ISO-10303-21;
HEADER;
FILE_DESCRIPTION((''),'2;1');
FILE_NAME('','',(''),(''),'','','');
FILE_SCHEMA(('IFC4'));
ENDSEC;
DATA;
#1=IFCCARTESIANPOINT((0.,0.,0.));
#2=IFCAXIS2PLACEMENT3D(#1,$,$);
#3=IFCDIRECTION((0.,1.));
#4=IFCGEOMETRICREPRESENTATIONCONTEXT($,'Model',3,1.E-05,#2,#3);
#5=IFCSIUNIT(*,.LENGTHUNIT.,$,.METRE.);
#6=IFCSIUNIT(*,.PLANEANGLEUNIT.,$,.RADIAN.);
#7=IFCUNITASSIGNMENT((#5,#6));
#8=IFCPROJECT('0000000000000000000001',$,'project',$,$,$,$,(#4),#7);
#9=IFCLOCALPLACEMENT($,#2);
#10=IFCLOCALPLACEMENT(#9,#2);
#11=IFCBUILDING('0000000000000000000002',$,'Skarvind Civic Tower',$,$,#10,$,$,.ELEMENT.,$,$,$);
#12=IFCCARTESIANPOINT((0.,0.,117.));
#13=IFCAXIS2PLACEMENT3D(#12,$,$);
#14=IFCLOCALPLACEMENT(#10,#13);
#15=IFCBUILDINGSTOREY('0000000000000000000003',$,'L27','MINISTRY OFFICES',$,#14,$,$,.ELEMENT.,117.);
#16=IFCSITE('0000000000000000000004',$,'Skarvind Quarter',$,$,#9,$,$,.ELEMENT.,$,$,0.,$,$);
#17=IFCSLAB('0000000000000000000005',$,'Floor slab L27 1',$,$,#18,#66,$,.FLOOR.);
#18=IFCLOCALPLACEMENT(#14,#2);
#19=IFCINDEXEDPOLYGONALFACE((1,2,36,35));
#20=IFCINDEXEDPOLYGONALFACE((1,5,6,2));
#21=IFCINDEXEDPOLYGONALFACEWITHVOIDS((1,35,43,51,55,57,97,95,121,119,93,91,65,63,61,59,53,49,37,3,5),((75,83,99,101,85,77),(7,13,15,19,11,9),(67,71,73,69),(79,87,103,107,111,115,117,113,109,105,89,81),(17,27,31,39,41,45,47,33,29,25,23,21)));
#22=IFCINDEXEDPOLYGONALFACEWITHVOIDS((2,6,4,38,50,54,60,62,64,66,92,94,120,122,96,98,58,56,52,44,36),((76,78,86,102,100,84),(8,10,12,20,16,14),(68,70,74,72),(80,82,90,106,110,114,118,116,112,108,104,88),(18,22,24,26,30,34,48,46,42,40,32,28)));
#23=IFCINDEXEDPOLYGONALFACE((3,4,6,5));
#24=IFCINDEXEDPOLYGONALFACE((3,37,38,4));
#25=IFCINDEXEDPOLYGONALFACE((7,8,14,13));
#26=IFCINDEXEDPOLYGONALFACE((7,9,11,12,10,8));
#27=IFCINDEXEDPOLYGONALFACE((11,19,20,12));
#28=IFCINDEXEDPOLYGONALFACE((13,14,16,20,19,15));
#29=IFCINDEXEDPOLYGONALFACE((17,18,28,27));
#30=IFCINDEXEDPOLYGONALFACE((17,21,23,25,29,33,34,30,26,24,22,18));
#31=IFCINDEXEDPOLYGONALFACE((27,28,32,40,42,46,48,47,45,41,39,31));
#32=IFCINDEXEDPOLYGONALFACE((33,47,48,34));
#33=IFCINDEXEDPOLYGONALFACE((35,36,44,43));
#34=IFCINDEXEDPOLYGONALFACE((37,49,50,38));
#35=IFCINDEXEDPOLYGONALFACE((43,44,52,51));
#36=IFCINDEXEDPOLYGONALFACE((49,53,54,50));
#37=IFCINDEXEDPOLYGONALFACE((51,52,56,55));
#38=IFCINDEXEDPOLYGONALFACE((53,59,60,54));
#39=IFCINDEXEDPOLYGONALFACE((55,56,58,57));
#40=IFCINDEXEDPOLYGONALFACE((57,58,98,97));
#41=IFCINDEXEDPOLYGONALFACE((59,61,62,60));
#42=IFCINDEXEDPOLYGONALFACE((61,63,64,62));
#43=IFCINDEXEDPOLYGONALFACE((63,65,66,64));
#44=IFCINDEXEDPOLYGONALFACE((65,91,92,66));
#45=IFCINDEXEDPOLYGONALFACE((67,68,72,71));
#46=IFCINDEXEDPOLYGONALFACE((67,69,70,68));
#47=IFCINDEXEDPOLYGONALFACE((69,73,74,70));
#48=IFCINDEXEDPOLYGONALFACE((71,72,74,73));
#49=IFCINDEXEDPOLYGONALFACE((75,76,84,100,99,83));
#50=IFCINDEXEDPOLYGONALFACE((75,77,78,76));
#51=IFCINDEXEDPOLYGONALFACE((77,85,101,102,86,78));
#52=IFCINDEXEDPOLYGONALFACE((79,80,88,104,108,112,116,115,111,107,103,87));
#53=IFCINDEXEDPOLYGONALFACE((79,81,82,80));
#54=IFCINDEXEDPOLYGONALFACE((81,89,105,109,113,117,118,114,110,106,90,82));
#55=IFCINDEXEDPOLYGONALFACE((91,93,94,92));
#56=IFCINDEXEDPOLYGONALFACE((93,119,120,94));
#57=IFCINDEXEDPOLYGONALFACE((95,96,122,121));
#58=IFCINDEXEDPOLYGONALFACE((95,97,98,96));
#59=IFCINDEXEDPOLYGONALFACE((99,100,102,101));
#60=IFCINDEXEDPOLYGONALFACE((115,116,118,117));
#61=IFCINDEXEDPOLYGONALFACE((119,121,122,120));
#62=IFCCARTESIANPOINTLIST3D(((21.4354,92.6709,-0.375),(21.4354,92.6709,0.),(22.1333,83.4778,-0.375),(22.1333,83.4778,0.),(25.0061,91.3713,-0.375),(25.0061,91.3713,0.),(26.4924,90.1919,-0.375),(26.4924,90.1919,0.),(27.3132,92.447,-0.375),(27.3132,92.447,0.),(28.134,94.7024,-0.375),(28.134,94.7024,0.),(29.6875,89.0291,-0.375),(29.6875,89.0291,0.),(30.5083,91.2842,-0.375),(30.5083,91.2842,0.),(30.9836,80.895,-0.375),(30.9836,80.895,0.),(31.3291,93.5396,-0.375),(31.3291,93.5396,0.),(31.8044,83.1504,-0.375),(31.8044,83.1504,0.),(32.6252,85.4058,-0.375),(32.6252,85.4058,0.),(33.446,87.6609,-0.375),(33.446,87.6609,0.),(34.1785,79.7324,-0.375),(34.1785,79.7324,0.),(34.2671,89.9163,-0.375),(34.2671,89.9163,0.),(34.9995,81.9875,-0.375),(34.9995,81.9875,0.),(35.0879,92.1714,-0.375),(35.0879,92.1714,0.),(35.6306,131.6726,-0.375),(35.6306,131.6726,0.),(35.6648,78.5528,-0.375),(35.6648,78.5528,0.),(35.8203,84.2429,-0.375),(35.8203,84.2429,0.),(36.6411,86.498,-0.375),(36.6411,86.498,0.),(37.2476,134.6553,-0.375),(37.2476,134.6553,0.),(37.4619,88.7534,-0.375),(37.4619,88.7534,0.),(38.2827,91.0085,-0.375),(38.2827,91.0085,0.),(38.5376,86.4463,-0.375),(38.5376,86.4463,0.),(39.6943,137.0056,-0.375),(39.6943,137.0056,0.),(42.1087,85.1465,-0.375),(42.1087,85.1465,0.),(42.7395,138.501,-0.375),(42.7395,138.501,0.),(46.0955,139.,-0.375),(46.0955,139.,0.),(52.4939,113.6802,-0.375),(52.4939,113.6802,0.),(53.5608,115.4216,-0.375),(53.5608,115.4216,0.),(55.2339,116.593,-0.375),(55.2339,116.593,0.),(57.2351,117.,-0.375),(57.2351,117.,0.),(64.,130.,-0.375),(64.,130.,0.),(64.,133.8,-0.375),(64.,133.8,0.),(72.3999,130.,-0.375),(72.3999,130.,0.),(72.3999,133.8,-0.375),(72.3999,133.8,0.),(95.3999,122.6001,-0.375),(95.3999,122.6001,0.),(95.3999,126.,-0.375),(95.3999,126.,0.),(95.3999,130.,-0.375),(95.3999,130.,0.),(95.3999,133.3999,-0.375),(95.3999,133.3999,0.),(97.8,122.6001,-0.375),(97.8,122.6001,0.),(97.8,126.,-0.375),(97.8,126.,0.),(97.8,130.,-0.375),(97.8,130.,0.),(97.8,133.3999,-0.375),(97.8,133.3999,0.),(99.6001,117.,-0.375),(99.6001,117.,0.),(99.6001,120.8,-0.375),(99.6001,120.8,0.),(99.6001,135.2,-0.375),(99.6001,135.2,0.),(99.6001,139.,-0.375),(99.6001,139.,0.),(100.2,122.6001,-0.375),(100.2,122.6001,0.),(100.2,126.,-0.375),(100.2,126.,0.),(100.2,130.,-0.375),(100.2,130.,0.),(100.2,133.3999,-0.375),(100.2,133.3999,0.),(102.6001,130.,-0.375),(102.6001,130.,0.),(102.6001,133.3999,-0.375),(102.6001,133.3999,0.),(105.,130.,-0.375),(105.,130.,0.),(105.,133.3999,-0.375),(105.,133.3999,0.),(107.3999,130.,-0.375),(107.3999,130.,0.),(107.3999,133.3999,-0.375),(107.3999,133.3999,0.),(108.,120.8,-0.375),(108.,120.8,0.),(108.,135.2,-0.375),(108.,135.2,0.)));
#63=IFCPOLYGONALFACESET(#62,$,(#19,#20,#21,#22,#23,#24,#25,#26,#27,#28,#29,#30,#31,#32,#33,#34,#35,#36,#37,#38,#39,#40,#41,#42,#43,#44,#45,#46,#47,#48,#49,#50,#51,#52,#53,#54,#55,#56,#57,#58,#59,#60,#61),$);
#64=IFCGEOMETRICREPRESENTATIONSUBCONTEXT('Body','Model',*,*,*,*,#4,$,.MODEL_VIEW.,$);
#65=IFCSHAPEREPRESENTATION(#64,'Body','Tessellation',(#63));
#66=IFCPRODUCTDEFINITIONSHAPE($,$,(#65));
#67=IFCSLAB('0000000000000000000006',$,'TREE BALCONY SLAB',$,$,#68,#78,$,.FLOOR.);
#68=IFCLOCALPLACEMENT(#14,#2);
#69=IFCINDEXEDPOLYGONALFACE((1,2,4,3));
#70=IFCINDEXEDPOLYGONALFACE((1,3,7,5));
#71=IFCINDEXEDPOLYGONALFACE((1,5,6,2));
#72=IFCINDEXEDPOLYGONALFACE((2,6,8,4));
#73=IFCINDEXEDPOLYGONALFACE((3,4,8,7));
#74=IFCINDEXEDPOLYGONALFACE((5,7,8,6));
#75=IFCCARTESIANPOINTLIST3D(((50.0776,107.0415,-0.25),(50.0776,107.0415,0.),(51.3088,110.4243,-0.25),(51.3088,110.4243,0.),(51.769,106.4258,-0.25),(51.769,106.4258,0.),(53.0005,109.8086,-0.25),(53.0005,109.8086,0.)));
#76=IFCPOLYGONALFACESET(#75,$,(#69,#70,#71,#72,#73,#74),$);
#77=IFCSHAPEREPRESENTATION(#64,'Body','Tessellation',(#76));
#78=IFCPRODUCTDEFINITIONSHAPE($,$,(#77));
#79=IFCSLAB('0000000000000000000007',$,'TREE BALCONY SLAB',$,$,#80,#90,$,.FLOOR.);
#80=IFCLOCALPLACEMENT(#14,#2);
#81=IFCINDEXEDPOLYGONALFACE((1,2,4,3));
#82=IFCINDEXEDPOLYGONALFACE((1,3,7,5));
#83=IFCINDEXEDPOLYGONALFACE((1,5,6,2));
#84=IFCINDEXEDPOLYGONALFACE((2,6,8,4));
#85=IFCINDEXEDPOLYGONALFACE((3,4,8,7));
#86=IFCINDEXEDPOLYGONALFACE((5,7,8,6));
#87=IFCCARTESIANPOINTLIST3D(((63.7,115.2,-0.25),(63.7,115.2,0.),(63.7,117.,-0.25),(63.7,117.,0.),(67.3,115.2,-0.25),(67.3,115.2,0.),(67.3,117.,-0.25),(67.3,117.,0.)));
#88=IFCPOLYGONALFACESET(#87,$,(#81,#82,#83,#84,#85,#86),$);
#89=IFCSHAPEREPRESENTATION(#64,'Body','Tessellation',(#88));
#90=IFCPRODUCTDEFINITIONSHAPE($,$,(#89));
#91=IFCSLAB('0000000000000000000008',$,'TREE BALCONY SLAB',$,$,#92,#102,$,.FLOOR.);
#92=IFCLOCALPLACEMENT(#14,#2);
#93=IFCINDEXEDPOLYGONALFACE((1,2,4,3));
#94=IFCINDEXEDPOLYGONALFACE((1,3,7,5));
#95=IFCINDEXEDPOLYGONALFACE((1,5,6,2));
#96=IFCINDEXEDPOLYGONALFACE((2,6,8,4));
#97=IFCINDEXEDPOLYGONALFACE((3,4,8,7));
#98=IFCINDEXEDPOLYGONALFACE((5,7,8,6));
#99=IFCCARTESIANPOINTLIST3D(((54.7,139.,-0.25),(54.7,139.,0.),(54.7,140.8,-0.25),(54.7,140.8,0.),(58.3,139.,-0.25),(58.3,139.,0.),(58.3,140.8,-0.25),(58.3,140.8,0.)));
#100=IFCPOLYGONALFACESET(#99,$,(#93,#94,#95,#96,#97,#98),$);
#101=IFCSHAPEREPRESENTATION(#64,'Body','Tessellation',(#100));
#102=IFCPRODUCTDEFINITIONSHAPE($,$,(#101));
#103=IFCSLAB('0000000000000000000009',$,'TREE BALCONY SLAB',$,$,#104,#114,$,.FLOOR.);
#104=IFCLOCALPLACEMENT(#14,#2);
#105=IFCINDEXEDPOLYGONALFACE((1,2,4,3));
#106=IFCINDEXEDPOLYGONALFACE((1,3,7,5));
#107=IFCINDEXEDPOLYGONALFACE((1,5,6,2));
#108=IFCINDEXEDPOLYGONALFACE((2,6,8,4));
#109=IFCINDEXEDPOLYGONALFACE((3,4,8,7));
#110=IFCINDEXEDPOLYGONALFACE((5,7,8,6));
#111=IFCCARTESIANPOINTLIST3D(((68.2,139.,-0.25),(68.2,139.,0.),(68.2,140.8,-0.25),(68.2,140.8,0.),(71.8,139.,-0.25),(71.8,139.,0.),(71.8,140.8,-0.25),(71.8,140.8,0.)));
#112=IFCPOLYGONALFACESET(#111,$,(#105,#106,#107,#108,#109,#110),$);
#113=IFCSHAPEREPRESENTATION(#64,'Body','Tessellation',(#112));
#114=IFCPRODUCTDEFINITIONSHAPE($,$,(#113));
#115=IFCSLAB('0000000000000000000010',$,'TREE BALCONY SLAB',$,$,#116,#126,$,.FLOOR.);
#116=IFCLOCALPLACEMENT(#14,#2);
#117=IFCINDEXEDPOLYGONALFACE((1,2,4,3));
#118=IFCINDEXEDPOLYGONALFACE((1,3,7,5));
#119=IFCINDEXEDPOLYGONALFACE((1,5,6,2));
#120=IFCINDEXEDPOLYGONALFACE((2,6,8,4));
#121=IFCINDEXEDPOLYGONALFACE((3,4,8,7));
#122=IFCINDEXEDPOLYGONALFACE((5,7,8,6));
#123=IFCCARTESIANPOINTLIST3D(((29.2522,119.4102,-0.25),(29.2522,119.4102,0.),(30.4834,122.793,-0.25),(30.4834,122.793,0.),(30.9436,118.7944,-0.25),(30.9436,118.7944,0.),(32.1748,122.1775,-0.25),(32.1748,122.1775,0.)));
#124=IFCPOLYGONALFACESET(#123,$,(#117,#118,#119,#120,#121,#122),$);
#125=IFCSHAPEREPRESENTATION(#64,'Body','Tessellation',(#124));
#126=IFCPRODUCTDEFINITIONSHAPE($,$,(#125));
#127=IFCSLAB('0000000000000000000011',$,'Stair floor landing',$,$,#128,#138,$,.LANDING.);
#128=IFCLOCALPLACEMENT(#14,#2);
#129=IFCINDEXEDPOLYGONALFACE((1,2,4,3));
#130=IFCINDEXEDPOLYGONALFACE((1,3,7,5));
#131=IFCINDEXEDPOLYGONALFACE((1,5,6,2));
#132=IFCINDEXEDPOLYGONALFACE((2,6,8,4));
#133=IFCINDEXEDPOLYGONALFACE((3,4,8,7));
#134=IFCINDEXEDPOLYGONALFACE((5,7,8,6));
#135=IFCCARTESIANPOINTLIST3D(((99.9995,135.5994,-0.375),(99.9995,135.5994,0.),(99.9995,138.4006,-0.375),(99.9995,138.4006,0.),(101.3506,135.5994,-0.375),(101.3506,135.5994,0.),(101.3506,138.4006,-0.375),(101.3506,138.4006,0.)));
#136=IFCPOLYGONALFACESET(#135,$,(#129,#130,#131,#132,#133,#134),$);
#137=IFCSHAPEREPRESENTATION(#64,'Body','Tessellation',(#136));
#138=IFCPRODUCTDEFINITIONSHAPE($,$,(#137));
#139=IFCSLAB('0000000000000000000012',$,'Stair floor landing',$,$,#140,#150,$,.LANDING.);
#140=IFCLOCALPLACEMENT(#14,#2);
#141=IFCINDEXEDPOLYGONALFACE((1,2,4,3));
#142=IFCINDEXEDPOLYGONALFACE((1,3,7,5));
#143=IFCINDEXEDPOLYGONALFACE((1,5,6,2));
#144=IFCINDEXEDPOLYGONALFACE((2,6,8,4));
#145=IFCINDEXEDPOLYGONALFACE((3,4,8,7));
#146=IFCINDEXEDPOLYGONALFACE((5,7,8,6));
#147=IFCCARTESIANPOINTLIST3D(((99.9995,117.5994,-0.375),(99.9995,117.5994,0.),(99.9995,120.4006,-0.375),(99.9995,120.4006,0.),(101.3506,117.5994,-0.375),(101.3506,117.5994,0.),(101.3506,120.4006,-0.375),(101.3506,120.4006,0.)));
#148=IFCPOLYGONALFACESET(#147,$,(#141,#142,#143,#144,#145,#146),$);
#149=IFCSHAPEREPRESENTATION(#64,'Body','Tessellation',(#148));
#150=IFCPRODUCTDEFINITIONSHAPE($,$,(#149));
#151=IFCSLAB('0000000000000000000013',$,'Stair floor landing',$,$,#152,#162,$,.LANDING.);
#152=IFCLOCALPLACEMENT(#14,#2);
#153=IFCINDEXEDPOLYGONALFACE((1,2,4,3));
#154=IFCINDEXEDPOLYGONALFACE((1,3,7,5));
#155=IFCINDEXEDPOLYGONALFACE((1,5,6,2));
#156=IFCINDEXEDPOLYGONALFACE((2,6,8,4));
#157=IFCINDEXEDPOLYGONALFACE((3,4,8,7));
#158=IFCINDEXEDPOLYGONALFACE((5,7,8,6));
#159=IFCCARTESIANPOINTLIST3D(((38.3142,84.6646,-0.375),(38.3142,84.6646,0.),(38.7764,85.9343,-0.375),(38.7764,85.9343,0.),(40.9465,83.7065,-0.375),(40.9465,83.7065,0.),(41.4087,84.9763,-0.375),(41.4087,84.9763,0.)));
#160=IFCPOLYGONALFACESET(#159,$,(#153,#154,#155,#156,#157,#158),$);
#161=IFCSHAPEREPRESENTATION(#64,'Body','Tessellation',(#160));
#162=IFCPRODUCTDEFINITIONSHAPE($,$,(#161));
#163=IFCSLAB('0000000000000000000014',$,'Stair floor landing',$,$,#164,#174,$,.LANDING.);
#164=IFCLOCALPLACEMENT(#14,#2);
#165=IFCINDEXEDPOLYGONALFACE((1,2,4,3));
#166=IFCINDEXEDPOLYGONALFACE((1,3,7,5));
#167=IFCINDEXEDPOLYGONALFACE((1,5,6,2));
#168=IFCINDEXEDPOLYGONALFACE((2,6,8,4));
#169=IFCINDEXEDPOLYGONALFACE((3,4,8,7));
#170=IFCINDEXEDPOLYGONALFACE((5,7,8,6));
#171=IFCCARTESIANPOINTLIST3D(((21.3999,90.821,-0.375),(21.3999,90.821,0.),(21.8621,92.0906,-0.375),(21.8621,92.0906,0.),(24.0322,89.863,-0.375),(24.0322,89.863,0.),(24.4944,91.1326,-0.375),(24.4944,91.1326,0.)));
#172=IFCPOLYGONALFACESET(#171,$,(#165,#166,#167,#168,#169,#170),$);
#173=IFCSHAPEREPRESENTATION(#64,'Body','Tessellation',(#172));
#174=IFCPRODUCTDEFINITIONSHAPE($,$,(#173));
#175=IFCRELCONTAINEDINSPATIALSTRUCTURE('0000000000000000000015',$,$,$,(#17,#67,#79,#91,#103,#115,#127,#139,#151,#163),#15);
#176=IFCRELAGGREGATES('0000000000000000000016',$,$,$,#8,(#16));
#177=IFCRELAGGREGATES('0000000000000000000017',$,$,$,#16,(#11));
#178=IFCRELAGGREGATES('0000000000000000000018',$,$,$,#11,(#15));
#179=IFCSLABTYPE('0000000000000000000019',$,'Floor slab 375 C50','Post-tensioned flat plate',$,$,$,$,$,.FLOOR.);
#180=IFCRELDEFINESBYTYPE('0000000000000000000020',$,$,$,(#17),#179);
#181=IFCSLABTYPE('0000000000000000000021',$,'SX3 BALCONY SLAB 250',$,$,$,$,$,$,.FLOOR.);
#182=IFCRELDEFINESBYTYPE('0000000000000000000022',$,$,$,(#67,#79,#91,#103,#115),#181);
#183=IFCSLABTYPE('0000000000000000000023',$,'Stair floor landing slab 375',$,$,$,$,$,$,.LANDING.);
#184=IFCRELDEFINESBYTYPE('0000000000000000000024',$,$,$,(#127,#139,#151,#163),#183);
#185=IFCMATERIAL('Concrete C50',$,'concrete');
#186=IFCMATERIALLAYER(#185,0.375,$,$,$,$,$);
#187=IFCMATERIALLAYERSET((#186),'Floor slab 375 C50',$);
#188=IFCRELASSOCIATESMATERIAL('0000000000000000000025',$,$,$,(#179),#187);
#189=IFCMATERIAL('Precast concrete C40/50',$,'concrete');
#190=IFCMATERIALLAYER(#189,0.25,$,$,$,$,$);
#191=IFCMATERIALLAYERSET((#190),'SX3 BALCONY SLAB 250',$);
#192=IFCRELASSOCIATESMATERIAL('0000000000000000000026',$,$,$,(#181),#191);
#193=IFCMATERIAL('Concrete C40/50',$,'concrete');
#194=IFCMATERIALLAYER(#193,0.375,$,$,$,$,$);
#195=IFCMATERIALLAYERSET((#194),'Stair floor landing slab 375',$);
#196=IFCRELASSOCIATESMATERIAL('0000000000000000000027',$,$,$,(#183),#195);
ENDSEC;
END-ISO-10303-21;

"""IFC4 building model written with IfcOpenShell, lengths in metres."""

from ifc_helpers import new_model, si_unit, direction, frame, origin, place, context, subcontext, project, spatial, polyline, outline, extrude, material, layer, layer_set, type_object, element, save


model = new_model("IFC4")

# Units and contexts
model_context = context("Model", 3, precision=1e-05, world=origin(), true_north=direction((0.0, 1.0)))
body_context = subcontext(model_context, "Body", "Model", "MODEL_VIEW")
ifc_project = project(units=[si_unit("LENGTHUNIT", "METRE"), si_unit("PLANEANGLEUNIT", "RADIAN")], contexts=[model_context])

# Site, building, storey
site_placement = place(None, origin())
site = spatial("IfcSite", under=ifc_project, at=site_placement, Name="Skarvind Quarter", CompositionType="ELEMENT", RefElevation=0.0)
building_placement = place(site_placement, origin())
building = spatial("IfcBuilding", under=site, at=building_placement, Name="Skarvind Civic Tower", CompositionType="ELEMENT")
storey_placement = place(building_placement, frame((0.0, 0.0, 117.0)))
storey = spatial("IfcBuildingStorey", under=building, at=storey_placement, Name="L27", Description="MINISTRY OFFICES", CompositionType="ELEMENT", Elevation=117.0)

# Slabs
ifc_material_1 = material(Name="Concrete C50", Category="concrete")
ifc_layer_1 = layer(ifc_material_1, 0.375)
ifc_layer_set_1 = layer_set([ifc_layer_1], Name="Floor slab 375 C50")
slab_type_1 = type_object("IfcSlabType", Name="Floor slab 375 C50", Description="Post-tensioned flat plate", PredefinedType="FLOOR", material=ifc_layer_set_1)
slab_1_placement = place(storey_placement, frame((0.0, 0.0, -0.375)))
element("IfcSlab", 1, at=slab_1_placement, inside=storey, type_object=slab_type_1, Name="Floor slab L27 1", PredefinedType="FLOOR", context=body_context, shape_type="SweptSolid", body=[
    extrude(outline(polyline([(99.6001, 117.0), (99.6001, 120.8), (108.0, 120.8), (108.0, 135.2), (99.6001, 135.2), (99.6001, 139.0), (46.0955, 139.0), (42.7395, 138.501), (39.6943, 137.0056), (37.2476, 134.6553), (35.6306, 131.6726), (19.4175, 87.1267), (21.4353, 92.6709), (25.0061, 91.3713), (22.1333, 83.4778), (36.8865, 78.1082), (35.6648, 78.5527), (38.5376, 86.4463), (42.1086, 85.1465), (40.0908, 79.6023), (40.0908, 79.6023), (52.4939, 113.6802), (53.5608, 115.4216), (55.2339, 116.593), (57.2351, 117.0), (99.6001, 117.0)]), holes=[polyline([(32.6252, 85.4058), (33.446, 87.6609), (34.2671, 89.9163), (35.0879, 92.1714), (38.2827, 91.0085), (37.4619, 88.7534), (36.6411, 86.498), (35.8203, 84.2429), (35.8203, 84.2429), (34.9995, 81.9875), (34.1785, 79.7324), (30.9836, 80.895), (31.8044, 83.1504), (32.6252, 85.4058), (32.6252, 85.4058)]), polyline([(31.3291, 93.5396), (30.5083, 91.2842), (29.6875, 89.0291), (26.4924, 90.1919), (27.3132, 92.447), (28.134, 94.7024), (31.3291, 93.5396)]), polyline([(64.0, 130.0), (64.0, 133.8), (72.3999, 133.8), (72.3999, 130.0), (64.0, 130.0)]), polyline([(100.2, 126.0), (100.2, 122.6001), (97.8, 122.6001), (95.3999, 122.6001), (95.3999, 126.0), (97.8, 126.0), (100.2, 126.0)]), polyline([(100.2, 133.3999), (102.6001, 133.3999), (105.0, 133.3999), (107.3999, 133.3999), (107.3999, 130.0), (105.0, 130.0), (102.6001, 130.0), (100.2, 130.0), (97.8, 130.0), (95.3999, 130.0), (95.3999, 133.3999), (97.8, 133.3999), (100.2, 133.3999)])]), origin(), (0.0, 0.0, 1.0), 0.375),
])
ifc_material_2 = material(Name="Precast concrete C40/50", Category="concrete")
ifc_layer_2 = layer(ifc_material_2, 0.25)
ifc_layer_set_2 = layer_set([ifc_layer_2], Name="SX3 BALCONY SLAB 250")
slab_type_2 = type_object("IfcSlabType", Name="SX3 BALCONY SLAB 250", PredefinedType="FLOOR", material=ifc_layer_set_2)
slab_2_placement = place(storey_placement, frame((0.0, 0.0, -0.25)))
element("IfcSlab", 2, at=slab_2_placement, inside=storey, type_object=slab_type_2, Name="TREE BALCONY SLAB", PredefinedType="FLOOR", context=body_context, shape_type="SweptSolid", body=[
    extrude(outline(polyline([(51.3088, 110.4243), (50.0776, 107.0415), (51.769, 106.4258), (53.0005, 109.8086), (51.3088, 110.4243)])), origin(), (0.0, 0.0, 1.0), 0.25),
])
slab_3_placement = place(storey_placement, frame((0.0, 0.0, -0.25)))
element("IfcSlab", 3, at=slab_3_placement, inside=storey, type_object=slab_type_2, Name="TREE BALCONY SLAB", PredefinedType="FLOOR", context=body_context, shape_type="SweptSolid", body=[
    extrude(outline(polyline([(67.3, 117.0), (63.7, 117.0), (63.7, 115.2), (67.3, 115.2), (67.3, 117.0)])), origin(), (0.0, 0.0, 1.0), 0.25),
])
slab_4_placement = place(storey_placement, frame((0.0, 0.0, -0.25)))
element("IfcSlab", 4, at=slab_4_placement, inside=storey, type_object=slab_type_2, Name="TREE BALCONY SLAB", PredefinedType="FLOOR", context=body_context, shape_type="SweptSolid", body=[
    extrude(outline(polyline([(54.7, 139.0), (58.3, 139.0), (58.3, 140.8), (54.7, 140.8), (54.7, 139.0)])), origin(), (0.0, 0.0, 1.0), 0.25),
])
slab_5_placement = place(storey_placement, frame((0.0, 0.0, -0.25)))
element("IfcSlab", 5, at=slab_5_placement, inside=storey, type_object=slab_type_2, Name="TREE BALCONY SLAB", PredefinedType="FLOOR", context=body_context, shape_type="SweptSolid", body=[
    extrude(outline(polyline([(68.2, 139.0), (71.8, 139.0), (71.8, 140.8), (68.2, 140.8), (68.2, 139.0)])), origin(), (0.0, 0.0, 1.0), 0.25),
])
slab_6_placement = place(storey_placement, frame((0.0, 0.0, -0.25)))
element("IfcSlab", 6, at=slab_6_placement, inside=storey, type_object=slab_type_2, Name="TREE BALCONY SLAB", PredefinedType="FLOOR", context=body_context, shape_type="SweptSolid", body=[
    extrude(outline(polyline([(30.9436, 118.7944), (32.1748, 122.1775), (30.4834, 122.793), (29.2522, 119.4102), (30.9436, 118.7944)])), origin(), (0.0, 0.0, 1.0), 0.25),
])
ifc_material_3 = material(Name="Concrete C40/50", Category="concrete")
ifc_layer_3 = layer(ifc_material_3, 0.375)
ifc_layer_set_3 = layer_set([ifc_layer_3], Name="Stair floor landing slab 375")
slab_type_3 = type_object("IfcSlabType", Name="Stair floor landing slab 375", PredefinedType="LANDING", material=ifc_layer_set_3)
slab_7_placement = place(storey_placement, frame((0.0, 0.0, -0.375)))
element("IfcSlab", 7, at=slab_7_placement, inside=storey, type_object=slab_type_3, Name="Stair floor landing", PredefinedType="LANDING", context=body_context, shape_type="SweptSolid", body=[
    extrude(outline(polyline([(101.3506, 138.4006), (101.3506, 135.5994), (99.9995, 135.5994), (99.9995, 138.4006), (101.3506, 138.4006)])), origin(), (0.0, 0.0, 1.0), 0.375),
])
slab_8_placement = place(storey_placement, frame((0.0, 0.0, -0.375)))
element("IfcSlab", 8, at=slab_8_placement, inside=storey, type_object=slab_type_3, Name="Stair floor landing", PredefinedType="LANDING", context=body_context, shape_type="SweptSolid", body=[
    extrude(outline(polyline([(101.3506, 120.4006), (101.3506, 117.5994), (99.9995, 117.5994), (99.9995, 120.4006), (101.3506, 120.4006)])), origin(), (0.0, 0.0, 1.0), 0.375),
])
slab_9_placement = place(storey_placement, frame((0.0, 0.0, -0.375)))
element("IfcSlab", 9, at=slab_9_placement, inside=storey, type_object=slab_type_3, Name="Stair floor landing", PredefinedType="LANDING", context=body_context, shape_type="SweptSolid", body=[
    extrude(outline(polyline([(40.9465, 83.7065), (38.3142, 84.6646), (38.7764, 85.9343), (41.4087, 84.9763), (40.9465, 83.7065)])), origin(), (0.0, 0.0, 1.0), 0.375),
])
slab_10_placement = place(storey_placement, frame((0.0, 0.0, -0.375)))
element("IfcSlab", 10, at=slab_10_placement, inside=storey, type_object=slab_type_3, Name="Stair floor landing", PredefinedType="LANDING", context=body_context, shape_type="SweptSolid", body=[
    extrude(outline(polyline([(24.0322, 89.863), (21.3999, 90.821), (21.8621, 92.0906), (24.4944, 91.1326), (24.0322, 89.863)])), origin(), (0.0, 0.0, 1.0), 0.375),
])

save(model, "model.ifc")
